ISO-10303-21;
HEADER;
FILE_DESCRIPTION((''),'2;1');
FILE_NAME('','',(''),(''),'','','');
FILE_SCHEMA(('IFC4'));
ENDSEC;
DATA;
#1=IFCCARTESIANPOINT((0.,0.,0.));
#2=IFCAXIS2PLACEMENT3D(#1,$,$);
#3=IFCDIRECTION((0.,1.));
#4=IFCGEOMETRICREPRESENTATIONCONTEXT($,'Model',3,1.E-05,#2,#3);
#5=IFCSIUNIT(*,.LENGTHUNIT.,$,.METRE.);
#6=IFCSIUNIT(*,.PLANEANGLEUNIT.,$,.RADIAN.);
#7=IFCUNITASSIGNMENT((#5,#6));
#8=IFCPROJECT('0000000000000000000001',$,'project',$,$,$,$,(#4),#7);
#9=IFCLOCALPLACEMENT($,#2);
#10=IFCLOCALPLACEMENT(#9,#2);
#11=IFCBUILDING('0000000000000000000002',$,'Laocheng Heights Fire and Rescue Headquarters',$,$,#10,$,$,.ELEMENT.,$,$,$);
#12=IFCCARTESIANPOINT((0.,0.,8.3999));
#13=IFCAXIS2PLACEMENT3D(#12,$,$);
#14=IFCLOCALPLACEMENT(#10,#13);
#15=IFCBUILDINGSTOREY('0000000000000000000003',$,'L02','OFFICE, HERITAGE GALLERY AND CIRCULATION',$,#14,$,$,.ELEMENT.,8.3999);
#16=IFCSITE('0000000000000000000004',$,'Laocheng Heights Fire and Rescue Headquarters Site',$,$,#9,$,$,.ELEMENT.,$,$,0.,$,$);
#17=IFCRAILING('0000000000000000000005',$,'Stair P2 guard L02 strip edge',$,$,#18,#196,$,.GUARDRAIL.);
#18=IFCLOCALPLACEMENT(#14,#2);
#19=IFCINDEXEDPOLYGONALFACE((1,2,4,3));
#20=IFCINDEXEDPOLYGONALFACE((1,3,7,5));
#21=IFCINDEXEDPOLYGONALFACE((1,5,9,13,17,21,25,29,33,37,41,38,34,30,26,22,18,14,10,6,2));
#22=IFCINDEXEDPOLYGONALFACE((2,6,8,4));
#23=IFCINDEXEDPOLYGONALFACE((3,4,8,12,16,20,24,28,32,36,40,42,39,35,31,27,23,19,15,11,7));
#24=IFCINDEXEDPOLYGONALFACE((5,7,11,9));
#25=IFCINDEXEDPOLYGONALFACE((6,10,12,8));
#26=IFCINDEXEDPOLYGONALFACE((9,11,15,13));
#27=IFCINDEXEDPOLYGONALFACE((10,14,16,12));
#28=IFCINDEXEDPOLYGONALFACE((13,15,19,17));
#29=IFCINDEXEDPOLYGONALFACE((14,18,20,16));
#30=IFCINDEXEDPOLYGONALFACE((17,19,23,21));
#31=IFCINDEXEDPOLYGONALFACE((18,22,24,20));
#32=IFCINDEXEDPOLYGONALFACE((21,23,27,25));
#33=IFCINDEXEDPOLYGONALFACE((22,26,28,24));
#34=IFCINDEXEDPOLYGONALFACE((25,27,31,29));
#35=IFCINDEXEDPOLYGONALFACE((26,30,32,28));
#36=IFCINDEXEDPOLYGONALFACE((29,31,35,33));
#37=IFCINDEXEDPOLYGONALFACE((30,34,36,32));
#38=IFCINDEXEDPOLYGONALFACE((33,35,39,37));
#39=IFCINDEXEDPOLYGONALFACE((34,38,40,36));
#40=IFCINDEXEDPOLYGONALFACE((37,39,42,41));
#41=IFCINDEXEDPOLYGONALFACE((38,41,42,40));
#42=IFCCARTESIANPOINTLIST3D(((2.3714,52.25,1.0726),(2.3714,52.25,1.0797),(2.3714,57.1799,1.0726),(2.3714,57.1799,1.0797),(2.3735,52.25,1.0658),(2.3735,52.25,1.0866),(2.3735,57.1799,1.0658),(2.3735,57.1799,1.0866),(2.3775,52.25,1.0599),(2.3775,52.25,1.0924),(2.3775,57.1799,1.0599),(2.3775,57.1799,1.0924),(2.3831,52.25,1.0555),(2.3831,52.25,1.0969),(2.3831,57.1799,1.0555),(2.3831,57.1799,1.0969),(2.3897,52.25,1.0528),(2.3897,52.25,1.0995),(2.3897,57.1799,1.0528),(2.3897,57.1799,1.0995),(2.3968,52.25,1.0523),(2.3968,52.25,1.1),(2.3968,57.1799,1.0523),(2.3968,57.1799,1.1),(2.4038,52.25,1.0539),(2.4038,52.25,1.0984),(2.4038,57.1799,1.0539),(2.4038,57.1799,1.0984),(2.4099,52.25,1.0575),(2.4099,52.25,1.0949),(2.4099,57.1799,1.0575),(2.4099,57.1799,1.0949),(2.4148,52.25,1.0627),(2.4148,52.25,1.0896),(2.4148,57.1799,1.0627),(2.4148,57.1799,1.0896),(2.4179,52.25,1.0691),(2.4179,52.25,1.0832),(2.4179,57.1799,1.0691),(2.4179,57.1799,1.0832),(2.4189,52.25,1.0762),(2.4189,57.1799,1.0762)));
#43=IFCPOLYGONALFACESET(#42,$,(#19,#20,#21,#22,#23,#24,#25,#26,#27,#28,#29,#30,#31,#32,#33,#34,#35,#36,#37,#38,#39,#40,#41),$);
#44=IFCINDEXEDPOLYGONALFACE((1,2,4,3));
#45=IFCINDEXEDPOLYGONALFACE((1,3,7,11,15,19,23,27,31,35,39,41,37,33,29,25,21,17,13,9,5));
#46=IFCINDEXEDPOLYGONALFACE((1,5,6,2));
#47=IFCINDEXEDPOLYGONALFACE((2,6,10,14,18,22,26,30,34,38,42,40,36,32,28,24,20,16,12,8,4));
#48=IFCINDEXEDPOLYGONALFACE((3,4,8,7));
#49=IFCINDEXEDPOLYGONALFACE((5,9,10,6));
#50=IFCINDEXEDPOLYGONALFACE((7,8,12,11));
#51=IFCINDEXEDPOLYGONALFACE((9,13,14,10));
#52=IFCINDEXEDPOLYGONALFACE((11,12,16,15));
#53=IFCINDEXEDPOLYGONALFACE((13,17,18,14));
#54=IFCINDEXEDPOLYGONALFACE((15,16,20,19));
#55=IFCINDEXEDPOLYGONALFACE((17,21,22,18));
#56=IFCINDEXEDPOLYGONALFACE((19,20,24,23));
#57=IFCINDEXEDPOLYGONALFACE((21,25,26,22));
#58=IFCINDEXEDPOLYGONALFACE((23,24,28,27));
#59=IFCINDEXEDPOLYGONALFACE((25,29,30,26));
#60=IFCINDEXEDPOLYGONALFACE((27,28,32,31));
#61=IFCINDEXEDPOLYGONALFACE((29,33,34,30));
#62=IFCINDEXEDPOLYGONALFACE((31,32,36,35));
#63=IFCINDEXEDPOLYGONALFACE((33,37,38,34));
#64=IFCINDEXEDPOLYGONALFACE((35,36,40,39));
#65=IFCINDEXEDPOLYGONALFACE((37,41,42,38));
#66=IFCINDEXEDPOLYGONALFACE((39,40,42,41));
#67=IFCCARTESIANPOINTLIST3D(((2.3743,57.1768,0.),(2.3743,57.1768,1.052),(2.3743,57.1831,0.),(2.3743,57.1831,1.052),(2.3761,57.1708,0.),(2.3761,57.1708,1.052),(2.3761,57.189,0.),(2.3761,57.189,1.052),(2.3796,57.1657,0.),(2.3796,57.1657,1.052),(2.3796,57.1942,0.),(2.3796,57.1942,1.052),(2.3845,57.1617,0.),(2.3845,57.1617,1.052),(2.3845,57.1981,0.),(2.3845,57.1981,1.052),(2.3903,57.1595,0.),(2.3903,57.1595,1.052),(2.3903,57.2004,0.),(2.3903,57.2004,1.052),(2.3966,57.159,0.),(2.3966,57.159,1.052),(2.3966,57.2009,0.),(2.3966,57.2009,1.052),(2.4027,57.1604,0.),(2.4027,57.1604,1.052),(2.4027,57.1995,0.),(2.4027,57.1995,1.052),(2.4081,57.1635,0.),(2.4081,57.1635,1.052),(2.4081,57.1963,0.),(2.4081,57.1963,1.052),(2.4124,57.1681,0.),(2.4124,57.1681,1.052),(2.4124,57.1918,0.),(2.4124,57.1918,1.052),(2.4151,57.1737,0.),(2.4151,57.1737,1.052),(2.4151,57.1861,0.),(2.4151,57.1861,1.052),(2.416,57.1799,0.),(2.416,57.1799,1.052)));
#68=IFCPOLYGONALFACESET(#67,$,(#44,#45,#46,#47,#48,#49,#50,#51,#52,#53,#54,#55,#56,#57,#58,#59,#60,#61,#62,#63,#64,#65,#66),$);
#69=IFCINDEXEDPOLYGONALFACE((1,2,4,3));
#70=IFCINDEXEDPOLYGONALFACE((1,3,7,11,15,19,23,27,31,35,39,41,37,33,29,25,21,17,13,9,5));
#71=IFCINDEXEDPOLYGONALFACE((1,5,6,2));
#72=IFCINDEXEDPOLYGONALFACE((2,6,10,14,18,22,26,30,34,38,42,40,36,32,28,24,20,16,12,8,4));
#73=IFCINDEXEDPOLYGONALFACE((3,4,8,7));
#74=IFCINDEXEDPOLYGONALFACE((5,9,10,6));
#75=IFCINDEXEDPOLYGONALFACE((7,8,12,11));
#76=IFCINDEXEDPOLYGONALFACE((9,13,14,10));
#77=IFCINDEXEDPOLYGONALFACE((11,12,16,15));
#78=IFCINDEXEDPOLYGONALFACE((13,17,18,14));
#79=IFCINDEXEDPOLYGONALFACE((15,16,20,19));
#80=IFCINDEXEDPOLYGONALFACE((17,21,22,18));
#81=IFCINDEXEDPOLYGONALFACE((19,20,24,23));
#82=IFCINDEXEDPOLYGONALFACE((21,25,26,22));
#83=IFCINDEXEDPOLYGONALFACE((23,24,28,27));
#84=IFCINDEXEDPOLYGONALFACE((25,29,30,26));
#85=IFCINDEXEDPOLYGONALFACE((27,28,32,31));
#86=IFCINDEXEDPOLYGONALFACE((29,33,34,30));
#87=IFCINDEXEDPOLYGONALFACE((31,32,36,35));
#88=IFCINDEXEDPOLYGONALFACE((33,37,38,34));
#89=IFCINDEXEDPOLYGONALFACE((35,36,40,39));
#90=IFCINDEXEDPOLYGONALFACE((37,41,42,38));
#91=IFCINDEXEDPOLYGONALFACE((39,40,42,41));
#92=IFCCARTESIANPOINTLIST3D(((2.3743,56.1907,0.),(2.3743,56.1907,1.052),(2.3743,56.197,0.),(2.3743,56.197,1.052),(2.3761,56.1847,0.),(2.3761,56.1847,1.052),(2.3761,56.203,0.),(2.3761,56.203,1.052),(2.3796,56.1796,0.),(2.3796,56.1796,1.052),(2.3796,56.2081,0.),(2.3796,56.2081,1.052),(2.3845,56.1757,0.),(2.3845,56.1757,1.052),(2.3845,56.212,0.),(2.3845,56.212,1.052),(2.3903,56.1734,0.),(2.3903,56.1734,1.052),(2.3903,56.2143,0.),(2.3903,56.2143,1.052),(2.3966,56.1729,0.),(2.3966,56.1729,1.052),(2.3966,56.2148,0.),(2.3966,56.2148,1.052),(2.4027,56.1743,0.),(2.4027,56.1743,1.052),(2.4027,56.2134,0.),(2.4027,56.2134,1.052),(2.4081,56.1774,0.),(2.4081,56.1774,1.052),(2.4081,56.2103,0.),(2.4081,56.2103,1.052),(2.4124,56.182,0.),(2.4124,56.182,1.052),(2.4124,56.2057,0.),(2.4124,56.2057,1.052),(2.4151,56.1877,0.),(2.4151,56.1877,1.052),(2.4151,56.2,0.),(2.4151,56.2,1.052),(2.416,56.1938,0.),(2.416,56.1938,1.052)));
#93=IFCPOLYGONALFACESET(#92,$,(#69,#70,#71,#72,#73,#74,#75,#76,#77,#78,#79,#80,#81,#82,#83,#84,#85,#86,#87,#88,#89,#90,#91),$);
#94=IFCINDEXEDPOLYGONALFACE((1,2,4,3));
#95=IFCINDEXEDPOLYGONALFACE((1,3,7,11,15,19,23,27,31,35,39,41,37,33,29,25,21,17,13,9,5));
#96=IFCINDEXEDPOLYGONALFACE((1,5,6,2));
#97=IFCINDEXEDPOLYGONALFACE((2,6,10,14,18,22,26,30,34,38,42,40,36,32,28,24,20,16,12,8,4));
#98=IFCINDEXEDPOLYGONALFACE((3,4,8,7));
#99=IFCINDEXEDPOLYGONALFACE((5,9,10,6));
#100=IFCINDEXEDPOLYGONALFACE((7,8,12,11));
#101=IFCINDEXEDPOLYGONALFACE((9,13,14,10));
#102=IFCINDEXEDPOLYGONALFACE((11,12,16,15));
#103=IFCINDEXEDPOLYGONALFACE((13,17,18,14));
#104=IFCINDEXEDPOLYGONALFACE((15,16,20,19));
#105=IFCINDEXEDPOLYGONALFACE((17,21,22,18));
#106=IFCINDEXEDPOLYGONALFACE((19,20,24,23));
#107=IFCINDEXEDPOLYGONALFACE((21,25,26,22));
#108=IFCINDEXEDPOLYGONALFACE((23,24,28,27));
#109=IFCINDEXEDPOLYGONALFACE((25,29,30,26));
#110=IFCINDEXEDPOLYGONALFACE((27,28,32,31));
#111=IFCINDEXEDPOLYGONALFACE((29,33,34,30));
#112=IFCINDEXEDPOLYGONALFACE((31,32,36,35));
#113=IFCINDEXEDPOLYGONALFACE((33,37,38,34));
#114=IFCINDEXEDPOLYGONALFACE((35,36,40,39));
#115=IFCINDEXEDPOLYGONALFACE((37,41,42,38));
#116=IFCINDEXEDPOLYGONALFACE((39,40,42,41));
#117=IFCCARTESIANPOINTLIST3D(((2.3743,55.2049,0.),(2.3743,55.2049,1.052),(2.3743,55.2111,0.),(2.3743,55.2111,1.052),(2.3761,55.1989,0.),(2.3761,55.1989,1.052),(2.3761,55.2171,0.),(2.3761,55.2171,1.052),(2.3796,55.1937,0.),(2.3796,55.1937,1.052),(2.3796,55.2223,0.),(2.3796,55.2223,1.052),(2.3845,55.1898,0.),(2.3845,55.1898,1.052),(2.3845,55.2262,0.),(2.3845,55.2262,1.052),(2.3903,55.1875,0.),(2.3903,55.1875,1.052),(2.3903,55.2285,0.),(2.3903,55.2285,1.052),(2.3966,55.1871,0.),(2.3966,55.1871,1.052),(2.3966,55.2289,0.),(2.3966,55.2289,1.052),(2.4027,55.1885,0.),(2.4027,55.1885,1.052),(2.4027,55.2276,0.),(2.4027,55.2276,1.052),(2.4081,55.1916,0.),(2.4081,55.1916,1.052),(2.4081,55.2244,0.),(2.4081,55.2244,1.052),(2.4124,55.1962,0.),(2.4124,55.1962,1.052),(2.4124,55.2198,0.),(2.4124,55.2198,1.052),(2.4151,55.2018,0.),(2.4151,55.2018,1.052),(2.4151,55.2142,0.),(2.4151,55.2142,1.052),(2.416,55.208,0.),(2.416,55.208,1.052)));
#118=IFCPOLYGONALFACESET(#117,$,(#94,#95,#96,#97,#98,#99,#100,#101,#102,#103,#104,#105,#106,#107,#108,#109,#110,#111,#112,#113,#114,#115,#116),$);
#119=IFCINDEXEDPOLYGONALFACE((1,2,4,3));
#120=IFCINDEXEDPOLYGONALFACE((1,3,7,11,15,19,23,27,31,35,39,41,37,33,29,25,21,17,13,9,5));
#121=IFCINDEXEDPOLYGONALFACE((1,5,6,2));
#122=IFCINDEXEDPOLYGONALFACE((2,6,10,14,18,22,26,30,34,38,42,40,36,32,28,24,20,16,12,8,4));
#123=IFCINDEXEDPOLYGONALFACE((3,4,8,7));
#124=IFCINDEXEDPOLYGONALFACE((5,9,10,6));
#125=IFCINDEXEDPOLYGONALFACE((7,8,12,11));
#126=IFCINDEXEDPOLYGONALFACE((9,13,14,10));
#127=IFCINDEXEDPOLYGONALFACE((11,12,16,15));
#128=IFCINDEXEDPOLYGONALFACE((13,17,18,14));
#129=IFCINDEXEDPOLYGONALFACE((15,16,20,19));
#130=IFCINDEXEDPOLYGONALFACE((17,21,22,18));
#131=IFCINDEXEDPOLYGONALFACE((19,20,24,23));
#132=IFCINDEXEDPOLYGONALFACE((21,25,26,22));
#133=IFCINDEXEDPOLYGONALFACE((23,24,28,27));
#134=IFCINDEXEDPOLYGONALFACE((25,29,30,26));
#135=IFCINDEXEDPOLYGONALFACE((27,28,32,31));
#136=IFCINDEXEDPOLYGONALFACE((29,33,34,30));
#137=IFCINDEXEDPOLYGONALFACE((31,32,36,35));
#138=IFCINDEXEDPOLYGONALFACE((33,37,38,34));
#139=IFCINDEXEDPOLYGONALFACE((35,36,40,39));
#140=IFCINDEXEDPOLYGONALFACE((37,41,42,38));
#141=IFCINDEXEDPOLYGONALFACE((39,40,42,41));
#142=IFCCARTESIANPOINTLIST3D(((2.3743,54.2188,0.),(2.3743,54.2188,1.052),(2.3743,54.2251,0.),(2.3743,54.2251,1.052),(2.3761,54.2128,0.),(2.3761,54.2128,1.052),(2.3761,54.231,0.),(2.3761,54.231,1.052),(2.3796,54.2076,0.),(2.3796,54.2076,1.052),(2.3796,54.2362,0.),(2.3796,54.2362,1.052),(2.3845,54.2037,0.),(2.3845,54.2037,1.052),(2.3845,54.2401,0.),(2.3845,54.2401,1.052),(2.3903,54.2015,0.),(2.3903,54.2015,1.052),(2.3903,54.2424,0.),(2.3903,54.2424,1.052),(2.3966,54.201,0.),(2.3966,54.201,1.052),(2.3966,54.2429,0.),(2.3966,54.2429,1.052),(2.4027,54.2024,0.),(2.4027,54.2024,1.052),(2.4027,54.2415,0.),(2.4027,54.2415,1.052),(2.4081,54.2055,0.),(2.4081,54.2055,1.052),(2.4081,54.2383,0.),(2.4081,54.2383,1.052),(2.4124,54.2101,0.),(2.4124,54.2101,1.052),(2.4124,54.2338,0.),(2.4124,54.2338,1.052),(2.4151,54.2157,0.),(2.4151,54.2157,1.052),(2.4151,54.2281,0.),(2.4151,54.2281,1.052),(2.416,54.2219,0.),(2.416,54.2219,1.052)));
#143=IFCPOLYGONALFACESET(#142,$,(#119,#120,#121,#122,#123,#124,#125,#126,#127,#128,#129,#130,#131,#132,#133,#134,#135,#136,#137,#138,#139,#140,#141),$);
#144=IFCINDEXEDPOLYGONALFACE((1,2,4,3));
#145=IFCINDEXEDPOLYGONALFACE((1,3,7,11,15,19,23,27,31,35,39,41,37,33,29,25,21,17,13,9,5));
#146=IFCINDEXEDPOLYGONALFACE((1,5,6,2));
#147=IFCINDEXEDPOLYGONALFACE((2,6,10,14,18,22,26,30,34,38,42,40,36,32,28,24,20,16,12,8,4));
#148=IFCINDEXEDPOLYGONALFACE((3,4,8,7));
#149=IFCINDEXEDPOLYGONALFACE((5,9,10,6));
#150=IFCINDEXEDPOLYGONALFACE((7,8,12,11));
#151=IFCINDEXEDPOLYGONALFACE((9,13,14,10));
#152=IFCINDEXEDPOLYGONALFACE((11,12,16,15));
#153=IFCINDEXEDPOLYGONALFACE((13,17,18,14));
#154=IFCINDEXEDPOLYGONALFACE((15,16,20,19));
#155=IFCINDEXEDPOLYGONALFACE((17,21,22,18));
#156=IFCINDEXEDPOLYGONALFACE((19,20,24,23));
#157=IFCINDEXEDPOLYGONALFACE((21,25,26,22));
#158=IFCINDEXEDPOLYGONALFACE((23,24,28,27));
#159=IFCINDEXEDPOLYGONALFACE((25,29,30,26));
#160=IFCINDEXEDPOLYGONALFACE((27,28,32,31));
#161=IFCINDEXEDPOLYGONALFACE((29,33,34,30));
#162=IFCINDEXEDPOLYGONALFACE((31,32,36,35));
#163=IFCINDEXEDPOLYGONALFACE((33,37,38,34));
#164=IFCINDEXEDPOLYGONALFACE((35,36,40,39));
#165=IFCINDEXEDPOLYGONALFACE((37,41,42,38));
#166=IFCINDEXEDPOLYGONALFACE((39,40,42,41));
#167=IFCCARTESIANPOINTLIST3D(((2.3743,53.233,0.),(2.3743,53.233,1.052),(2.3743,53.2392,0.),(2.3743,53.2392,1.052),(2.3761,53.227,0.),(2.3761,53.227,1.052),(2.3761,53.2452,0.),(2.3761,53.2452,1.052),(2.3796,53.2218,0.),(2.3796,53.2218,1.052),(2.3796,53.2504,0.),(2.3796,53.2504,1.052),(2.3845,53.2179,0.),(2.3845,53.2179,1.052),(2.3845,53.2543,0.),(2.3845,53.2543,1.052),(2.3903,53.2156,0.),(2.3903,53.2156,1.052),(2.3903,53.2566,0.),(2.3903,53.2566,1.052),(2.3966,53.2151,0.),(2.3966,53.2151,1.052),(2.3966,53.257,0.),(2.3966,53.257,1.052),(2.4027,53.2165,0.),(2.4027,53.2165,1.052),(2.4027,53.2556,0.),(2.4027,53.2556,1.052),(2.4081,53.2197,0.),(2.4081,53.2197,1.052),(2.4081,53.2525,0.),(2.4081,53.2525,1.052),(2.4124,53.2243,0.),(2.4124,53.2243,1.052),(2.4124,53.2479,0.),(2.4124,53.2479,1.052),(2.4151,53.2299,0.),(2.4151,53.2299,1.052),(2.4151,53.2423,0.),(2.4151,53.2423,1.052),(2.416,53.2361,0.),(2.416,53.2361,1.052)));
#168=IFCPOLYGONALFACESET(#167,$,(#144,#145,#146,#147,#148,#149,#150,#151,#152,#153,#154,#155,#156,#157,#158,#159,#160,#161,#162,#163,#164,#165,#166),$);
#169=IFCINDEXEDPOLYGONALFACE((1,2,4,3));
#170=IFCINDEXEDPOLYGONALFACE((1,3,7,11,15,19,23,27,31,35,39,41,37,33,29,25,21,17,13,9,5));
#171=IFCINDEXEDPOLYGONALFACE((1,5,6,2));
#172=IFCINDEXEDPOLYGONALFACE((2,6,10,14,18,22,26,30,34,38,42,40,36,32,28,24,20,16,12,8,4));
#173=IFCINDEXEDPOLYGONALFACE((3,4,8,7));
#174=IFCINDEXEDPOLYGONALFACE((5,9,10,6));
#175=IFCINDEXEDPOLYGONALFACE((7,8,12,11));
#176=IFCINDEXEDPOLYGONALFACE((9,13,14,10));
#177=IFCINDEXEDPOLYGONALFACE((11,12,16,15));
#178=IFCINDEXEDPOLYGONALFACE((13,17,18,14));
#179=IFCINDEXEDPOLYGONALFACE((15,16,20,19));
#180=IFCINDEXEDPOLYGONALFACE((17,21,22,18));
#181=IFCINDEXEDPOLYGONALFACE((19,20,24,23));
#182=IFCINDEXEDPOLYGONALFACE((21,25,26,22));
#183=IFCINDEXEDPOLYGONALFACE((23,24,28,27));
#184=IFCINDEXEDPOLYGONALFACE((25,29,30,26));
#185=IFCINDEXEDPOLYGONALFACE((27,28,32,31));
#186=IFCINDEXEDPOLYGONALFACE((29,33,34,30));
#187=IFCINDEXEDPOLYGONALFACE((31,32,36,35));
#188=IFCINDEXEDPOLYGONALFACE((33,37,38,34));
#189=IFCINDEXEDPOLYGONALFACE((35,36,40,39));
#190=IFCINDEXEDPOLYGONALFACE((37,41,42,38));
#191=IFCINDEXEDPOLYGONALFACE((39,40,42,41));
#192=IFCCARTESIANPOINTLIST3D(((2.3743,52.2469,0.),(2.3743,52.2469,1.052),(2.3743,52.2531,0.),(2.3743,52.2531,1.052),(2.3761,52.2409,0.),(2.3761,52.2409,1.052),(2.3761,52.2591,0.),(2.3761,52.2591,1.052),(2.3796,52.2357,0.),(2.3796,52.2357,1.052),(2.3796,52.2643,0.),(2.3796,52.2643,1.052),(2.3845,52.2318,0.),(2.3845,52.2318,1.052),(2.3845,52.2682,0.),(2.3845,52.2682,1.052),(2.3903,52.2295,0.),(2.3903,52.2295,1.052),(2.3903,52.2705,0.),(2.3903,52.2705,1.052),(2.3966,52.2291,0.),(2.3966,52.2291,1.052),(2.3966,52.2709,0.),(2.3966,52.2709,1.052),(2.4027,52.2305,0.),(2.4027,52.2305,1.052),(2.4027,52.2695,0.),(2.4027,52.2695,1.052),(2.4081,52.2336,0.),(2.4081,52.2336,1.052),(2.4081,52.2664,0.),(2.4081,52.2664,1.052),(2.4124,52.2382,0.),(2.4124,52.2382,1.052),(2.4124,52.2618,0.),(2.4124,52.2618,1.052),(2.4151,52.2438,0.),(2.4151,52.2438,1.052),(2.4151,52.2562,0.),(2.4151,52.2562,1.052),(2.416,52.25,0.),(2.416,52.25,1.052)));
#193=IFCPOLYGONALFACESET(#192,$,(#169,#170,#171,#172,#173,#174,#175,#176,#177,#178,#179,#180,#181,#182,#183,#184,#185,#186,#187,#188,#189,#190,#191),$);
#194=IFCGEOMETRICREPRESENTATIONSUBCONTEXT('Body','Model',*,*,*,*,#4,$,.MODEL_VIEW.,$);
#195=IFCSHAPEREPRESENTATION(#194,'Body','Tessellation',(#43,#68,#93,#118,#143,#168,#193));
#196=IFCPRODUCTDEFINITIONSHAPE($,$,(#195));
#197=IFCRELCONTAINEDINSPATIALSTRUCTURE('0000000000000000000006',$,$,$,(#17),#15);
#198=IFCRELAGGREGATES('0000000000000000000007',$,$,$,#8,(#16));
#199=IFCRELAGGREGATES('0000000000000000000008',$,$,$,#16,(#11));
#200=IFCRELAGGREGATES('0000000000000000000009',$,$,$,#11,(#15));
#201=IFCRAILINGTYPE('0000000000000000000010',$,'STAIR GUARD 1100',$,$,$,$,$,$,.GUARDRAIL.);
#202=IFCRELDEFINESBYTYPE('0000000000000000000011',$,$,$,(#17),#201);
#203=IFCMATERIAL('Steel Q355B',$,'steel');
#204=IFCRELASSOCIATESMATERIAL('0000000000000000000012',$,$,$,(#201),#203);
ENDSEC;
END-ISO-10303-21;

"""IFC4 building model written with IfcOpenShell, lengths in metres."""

from ifc_helpers import new_model, si_unit, direction, frame, origin, origin_2d, place, context, subcontext, project, spatial, circle, extrude, material, type_object, element, save


model = new_model("IFC4")

# Units and contexts
model_context = context("Model", 3, precision=1e-05, world=origin(), true_north=direction((0.0, 1.0)))
body_context = subcontext(model_context, "Body", "Model", "MODEL_VIEW")
ifc_project = project(units=[si_unit("LENGTHUNIT", "METRE"), si_unit("PLANEANGLEUNIT", "RADIAN")], contexts=[model_context])

# Site, building, storey
site_placement = place(None, origin())
site = spatial("IfcSite", under=ifc_project, at=site_placement, Name="Laocheng Heights Fire and Rescue Headquarters Site", CompositionType="ELEMENT", RefElevation=0.0)
building_placement = place(site_placement, origin())
building = spatial("IfcBuilding", under=site, at=building_placement, Name="Laocheng Heights Fire and Rescue Headquarters", CompositionType="ELEMENT")
storey_placement = place(building_placement, frame((0.0, 0.0, 8.3999)))
storey = spatial("IfcBuildingStorey", under=building, at=storey_placement, Name="L02", Description="OFFICE, HERITAGE GALLERY AND CIRCULATION", CompositionType="ELEMENT", Elevation=8.3999)

# Railing
ifc_material_1 = material(Name="Steel Q355B", Category="steel")
railing_type_1 = type_object("IfcRailingType", Name="STAIR GUARD 1100", PredefinedType="GUARDRAIL", material=ifc_material_1)
railing_1_placement = place(storey_placement, frame((2.395, 57.1799, 0.0)))
element("IfcRailing", 1, at=railing_1_placement, inside=storey, type_object=railing_type_1, Name="Stair P2 guard L02 strip edge", PredefinedType="GUARDRAIL", context=body_context, shape_type="SweptSolid", body=[
    extrude(circle(Radius=0.0239, at=origin_2d()), frame((0.0, 0.0, 1.0762), z_axis=(0.0, -1.0, 0.0), x_axis=(1.0, 0.0, 0.0)), (0.0, 0.0, 1.0), 4.9299),
    extrude(circle(Radius=0.021, at=origin_2d()), origin(), (0.0, 0.0, 1.0), 1.052),
    extrude(circle(Radius=0.021, at=origin_2d()), frame((0.0, -0.9861, 0.0)), (0.0, 0.0, 1.0), 1.052),
    extrude(circle(Radius=0.021, at=origin_2d()), frame((0.0, -1.9719, 0.0)), (0.0, 0.0, 1.0), 1.052),
    extrude(circle(Radius=0.021, at=origin_2d()), frame((0.0, -2.958, 0.0)), (0.0, 0.0, 1.0), 1.052),
    extrude(circle(Radius=0.021, at=origin_2d()), frame((0.0, -3.9438, 0.0)), (0.0, 0.0, 1.0), 1.052),
    extrude(circle(Radius=0.021, at=origin_2d()), frame((0.0, -4.9299, 0.0)), (0.0, 0.0, 1.0), 1.052),
])

save(model, "model.ifc")
